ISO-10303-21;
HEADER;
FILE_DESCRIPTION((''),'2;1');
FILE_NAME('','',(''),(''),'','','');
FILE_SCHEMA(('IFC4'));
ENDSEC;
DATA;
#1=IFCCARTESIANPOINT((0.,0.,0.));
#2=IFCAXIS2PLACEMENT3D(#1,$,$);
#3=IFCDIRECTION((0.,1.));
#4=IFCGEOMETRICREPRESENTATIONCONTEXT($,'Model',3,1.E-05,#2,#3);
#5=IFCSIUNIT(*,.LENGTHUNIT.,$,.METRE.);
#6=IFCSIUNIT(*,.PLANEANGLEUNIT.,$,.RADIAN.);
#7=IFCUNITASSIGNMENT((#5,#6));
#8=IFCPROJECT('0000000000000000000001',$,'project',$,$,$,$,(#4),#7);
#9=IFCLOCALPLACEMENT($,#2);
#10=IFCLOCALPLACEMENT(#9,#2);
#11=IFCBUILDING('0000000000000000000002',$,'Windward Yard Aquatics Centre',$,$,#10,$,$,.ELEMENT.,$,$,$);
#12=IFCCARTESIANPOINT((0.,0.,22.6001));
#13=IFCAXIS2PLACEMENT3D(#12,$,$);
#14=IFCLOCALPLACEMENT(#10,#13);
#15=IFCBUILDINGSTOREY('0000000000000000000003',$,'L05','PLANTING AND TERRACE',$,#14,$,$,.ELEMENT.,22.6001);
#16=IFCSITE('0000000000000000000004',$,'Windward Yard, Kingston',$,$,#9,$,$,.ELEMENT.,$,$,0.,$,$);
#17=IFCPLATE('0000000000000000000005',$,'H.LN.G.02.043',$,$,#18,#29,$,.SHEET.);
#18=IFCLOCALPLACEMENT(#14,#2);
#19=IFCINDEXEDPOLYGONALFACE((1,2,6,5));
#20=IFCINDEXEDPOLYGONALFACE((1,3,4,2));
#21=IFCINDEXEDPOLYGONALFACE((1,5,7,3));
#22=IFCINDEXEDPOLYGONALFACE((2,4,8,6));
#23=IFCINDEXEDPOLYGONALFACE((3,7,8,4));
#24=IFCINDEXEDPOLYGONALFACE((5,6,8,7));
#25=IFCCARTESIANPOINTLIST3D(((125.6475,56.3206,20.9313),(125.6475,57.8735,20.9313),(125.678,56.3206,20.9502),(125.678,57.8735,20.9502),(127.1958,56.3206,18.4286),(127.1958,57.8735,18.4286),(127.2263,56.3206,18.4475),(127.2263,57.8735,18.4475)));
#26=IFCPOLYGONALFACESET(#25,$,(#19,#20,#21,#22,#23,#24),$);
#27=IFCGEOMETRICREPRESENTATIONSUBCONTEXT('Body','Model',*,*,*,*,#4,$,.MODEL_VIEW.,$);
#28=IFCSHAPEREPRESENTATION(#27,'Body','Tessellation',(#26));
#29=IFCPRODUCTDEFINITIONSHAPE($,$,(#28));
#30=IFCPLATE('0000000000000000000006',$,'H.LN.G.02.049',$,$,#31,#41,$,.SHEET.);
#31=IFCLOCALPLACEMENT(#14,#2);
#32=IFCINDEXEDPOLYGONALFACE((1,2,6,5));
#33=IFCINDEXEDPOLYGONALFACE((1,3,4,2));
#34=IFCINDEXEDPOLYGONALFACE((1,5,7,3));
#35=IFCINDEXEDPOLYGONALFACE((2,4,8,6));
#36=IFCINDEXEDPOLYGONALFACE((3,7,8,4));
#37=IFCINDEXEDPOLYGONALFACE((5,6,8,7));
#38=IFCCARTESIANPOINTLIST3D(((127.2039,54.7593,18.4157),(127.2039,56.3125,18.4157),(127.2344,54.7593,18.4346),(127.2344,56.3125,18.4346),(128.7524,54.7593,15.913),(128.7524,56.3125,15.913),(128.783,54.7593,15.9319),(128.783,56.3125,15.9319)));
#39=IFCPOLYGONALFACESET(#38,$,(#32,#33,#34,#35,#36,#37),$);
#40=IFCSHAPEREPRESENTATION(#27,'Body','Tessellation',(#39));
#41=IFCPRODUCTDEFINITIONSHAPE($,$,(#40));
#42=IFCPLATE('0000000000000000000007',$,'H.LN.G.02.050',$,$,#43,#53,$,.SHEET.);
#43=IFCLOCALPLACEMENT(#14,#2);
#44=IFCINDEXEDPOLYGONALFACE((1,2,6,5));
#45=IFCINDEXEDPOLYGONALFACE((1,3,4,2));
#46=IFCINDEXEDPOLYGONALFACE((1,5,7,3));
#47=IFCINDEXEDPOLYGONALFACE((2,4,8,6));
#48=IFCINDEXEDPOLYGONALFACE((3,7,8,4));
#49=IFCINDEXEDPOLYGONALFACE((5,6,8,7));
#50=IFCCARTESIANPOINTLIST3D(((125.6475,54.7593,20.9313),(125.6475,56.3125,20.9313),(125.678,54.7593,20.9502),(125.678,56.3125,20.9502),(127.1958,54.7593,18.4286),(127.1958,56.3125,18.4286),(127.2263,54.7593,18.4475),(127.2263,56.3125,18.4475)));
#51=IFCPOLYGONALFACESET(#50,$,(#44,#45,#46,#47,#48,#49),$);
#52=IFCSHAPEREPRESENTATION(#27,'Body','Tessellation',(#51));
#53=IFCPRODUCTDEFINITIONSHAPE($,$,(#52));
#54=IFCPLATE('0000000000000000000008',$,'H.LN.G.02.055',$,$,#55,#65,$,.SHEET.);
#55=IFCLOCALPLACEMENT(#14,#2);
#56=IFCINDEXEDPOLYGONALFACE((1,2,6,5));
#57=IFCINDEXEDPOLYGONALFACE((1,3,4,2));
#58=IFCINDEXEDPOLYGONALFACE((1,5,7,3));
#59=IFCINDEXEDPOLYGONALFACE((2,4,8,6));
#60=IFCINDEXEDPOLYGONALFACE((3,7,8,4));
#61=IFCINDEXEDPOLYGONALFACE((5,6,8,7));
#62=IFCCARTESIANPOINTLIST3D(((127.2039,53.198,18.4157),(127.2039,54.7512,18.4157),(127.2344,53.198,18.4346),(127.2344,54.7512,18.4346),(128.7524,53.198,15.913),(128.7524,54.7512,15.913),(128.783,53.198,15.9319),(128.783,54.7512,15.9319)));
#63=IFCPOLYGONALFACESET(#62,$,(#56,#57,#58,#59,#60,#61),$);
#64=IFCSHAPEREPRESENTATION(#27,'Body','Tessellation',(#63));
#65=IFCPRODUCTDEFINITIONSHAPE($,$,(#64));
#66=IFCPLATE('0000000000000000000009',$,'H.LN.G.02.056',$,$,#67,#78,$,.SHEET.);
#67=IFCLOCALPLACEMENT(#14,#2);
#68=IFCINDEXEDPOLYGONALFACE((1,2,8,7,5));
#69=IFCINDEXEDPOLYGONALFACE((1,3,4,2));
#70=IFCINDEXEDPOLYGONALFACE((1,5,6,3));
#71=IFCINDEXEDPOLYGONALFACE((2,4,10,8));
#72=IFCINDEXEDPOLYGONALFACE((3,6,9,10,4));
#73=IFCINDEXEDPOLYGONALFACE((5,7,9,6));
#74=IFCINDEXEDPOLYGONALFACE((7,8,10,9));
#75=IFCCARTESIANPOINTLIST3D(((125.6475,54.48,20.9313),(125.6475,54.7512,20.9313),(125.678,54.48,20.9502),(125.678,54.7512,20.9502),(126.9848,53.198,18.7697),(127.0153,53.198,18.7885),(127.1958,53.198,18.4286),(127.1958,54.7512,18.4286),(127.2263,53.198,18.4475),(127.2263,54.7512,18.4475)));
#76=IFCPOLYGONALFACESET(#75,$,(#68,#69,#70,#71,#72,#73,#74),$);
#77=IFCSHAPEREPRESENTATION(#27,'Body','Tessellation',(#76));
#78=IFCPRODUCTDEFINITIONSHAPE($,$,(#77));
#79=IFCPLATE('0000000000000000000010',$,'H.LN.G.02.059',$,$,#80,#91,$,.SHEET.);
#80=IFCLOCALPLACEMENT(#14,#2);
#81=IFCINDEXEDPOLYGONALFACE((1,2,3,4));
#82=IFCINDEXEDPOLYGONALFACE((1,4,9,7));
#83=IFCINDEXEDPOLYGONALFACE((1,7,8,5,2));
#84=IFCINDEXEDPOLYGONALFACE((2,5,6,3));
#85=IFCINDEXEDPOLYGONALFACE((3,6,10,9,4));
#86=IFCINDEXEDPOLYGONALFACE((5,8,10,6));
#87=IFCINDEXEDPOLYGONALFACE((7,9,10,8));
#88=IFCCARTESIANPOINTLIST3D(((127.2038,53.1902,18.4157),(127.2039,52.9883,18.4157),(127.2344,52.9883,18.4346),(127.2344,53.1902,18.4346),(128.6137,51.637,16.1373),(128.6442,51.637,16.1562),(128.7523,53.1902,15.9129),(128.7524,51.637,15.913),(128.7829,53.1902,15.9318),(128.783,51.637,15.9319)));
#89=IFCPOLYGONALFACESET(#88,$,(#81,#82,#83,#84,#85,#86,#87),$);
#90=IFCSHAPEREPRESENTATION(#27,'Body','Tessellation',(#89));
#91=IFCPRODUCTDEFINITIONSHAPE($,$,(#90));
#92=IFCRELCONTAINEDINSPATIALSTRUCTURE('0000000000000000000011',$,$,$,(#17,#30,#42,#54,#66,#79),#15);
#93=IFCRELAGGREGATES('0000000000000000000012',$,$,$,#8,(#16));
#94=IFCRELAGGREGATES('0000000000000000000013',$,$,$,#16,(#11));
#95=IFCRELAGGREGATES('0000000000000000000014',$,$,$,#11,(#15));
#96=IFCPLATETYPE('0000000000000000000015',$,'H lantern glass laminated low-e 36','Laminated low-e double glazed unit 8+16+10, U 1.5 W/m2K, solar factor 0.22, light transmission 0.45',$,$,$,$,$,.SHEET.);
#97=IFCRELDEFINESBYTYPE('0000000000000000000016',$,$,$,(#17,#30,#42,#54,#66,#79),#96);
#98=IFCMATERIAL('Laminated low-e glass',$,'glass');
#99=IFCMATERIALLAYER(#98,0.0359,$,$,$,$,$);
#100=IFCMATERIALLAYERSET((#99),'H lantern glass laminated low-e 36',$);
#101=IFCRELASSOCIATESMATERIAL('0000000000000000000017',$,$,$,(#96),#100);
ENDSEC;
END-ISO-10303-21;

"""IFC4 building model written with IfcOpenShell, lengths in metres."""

from ifc_helpers import new_model, si_unit, direction, frame, origin, place, context, subcontext, project, spatial, polyline, outline, extrude, material, layer, layer_set, type_object, element, save


model = new_model("IFC4")

# Units and contexts
model_context = context("Model", 3, precision=1e-05, world=origin(), true_north=direction((0.0, 1.0)))
body_context = subcontext(model_context, "Body", "Model", "MODEL_VIEW")
ifc_project = project(units=[si_unit("LENGTHUNIT", "METRE"), si_unit("PLANEANGLEUNIT", "RADIAN")], contexts=[model_context])

# Site, building, storey
site_placement = place(None, origin())
site = spatial("IfcSite", under=ifc_project, at=site_placement, Name="Windward Yard, Kingston", CompositionType="ELEMENT", RefElevation=0.0)
building_placement = place(site_placement, origin())
building = spatial("IfcBuilding", under=site, at=building_placement, Name="Windward Yard Aquatics Centre", CompositionType="ELEMENT")
storey_placement = place(building_placement, frame((0.0, 0.0, 22.6001)))
storey = spatial("IfcBuildingStorey", under=building, at=storey_placement, Name="L05", Description="PLANTING AND TERRACE", CompositionType="ELEMENT", Elevation=22.6001)

# Plates
ifc_material_1 = material(Name="Laminated low-e glass", Category="glass")
ifc_layer = layer(ifc_material_1, 0.0359)
ifc_layer_set = layer_set([ifc_layer], Name="H lantern glass laminated low-e 36")
plate_type = type_object("IfcPlateType", Name="H lantern glass laminated low-e 36", Description="Laminated low-e double glazed unit 8+16+10, U 1.5 W/m2K, solar factor 0.22, light transmission 0.45", PredefinedType="SHEET", material=ifc_layer_set)
plate_1_placement = place(storey_placement, frame((125.678, 56.3206, 20.9502), z_axis=(0.850408, 0.0, 0.526123), x_axis=(0.0, 1.0, 0.0)))
element("IfcPlate", 1, at=plate_1_placement, inside=storey, type_object=plate_type, Name="H.LN.G.02.043", PredefinedType="SHEET", context=body_context, shape_type="SweptSolid", body=[
    extrude(outline(polyline([(0.0, 0.0), (1.553, 0.0), (1.553, -2.9429), (0.0, -2.9429), (0.0, 0.0)])), origin(), (0.0, 0.0, -1.0), 0.0359),
])
plate_2_placement = place(storey_placement, frame((127.2344, 54.7593, 18.4346), z_axis=(0.850371, 0.0, 0.526183), x_axis=(0.0, 1.0, 0.0)))
element("IfcPlate", 2, at=plate_2_placement, inside=storey, type_object=plate_type, Name="H.LN.G.02.049", PredefinedType="SHEET", context=body_context, shape_type="SweptSolid", body=[
    extrude(outline(polyline([(0.0, 0.0), (1.5532, 0.0), (1.5532, -2.9431), (0.0, -2.9431), (0.0, 0.0)])), origin(), (0.0, 0.0, -1.0), 0.0359),
])
plate_3_placement = place(storey_placement, frame((125.678, 54.7593, 20.9502), z_axis=(0.850408, 0.0, 0.526123), x_axis=(0.0, 1.0, 0.0)))
element("IfcPlate", 3, at=plate_3_placement, inside=storey, type_object=plate_type, Name="H.LN.G.02.050", PredefinedType="SHEET", context=body_context, shape_type="SweptSolid", body=[
    extrude(outline(polyline([(0.0, 0.0), (1.5532, 0.0), (1.5532, -2.9429), (0.0, -2.9429), (0.0, 0.0)])), origin(), (0.0, 0.0, -1.0), 0.0359),
])
plate_4_placement = place(storey_placement, frame((127.2344, 53.198, 18.4346), z_axis=(0.850371, 0.0, 0.526183), x_axis=(0.0, 1.0, 0.0)))
element("IfcPlate", 4, at=plate_4_placement, inside=storey, type_object=plate_type, Name="H.LN.G.02.055", PredefinedType="SHEET", context=body_context, shape_type="SweptSolid", body=[
    extrude(outline(polyline([(0.0, 0.0), (1.5532, 0.0), (1.5532, -2.9431), (0.0, -2.9431), (0.0, 0.0)])), origin(), (0.0, 0.0, -1.0), 0.0359),
])
plate_5_placement = place(storey_placement, frame((125.678, 54.48, 20.9502), z_axis=(0.850415, 0.000029, 0.526112), x_axis=(-0.000025, 1.0, -0.000016)))
element("IfcPlate", 5, at=plate_5_placement, inside=storey, type_object=plate_type, Name="H.LN.G.02.056", PredefinedType="SHEET", context=body_context, shape_type="SweptSolid", body=[
    extrude(outline(polyline([(0.0, 0.0), (0.2712, 0.0), (0.2712, -2.9429), (-1.282, -2.9429), (-1.282, -2.5419), (0.0, 0.0)])), origin(), (0.0, 0.0, -1.0), 0.0359),
])
plate_6_placement = place(storey_placement, frame((127.2344, 52.9883, 18.4346), z_axis=(0.850389, 0.000072, 0.526155), x_axis=(-0.000061, 1.0, -0.000038)))
element("IfcPlate", 6, at=plate_6_placement, inside=storey, type_object=plate_type, Name="H.LN.G.02.059", PredefinedType="SHEET", context=body_context, shape_type="SweptSolid", body=[
    extrude(outline(polyline([(0.0, 0.0), (0.2019, 0.0), (0.2019, -2.9431), (-1.3513, -2.9431), (-1.3513, -2.6793), (0.0, 0.0)])), origin(), (0.0, 0.0, -1.0), 0.0359),
])

save(model, "model.ifc")
